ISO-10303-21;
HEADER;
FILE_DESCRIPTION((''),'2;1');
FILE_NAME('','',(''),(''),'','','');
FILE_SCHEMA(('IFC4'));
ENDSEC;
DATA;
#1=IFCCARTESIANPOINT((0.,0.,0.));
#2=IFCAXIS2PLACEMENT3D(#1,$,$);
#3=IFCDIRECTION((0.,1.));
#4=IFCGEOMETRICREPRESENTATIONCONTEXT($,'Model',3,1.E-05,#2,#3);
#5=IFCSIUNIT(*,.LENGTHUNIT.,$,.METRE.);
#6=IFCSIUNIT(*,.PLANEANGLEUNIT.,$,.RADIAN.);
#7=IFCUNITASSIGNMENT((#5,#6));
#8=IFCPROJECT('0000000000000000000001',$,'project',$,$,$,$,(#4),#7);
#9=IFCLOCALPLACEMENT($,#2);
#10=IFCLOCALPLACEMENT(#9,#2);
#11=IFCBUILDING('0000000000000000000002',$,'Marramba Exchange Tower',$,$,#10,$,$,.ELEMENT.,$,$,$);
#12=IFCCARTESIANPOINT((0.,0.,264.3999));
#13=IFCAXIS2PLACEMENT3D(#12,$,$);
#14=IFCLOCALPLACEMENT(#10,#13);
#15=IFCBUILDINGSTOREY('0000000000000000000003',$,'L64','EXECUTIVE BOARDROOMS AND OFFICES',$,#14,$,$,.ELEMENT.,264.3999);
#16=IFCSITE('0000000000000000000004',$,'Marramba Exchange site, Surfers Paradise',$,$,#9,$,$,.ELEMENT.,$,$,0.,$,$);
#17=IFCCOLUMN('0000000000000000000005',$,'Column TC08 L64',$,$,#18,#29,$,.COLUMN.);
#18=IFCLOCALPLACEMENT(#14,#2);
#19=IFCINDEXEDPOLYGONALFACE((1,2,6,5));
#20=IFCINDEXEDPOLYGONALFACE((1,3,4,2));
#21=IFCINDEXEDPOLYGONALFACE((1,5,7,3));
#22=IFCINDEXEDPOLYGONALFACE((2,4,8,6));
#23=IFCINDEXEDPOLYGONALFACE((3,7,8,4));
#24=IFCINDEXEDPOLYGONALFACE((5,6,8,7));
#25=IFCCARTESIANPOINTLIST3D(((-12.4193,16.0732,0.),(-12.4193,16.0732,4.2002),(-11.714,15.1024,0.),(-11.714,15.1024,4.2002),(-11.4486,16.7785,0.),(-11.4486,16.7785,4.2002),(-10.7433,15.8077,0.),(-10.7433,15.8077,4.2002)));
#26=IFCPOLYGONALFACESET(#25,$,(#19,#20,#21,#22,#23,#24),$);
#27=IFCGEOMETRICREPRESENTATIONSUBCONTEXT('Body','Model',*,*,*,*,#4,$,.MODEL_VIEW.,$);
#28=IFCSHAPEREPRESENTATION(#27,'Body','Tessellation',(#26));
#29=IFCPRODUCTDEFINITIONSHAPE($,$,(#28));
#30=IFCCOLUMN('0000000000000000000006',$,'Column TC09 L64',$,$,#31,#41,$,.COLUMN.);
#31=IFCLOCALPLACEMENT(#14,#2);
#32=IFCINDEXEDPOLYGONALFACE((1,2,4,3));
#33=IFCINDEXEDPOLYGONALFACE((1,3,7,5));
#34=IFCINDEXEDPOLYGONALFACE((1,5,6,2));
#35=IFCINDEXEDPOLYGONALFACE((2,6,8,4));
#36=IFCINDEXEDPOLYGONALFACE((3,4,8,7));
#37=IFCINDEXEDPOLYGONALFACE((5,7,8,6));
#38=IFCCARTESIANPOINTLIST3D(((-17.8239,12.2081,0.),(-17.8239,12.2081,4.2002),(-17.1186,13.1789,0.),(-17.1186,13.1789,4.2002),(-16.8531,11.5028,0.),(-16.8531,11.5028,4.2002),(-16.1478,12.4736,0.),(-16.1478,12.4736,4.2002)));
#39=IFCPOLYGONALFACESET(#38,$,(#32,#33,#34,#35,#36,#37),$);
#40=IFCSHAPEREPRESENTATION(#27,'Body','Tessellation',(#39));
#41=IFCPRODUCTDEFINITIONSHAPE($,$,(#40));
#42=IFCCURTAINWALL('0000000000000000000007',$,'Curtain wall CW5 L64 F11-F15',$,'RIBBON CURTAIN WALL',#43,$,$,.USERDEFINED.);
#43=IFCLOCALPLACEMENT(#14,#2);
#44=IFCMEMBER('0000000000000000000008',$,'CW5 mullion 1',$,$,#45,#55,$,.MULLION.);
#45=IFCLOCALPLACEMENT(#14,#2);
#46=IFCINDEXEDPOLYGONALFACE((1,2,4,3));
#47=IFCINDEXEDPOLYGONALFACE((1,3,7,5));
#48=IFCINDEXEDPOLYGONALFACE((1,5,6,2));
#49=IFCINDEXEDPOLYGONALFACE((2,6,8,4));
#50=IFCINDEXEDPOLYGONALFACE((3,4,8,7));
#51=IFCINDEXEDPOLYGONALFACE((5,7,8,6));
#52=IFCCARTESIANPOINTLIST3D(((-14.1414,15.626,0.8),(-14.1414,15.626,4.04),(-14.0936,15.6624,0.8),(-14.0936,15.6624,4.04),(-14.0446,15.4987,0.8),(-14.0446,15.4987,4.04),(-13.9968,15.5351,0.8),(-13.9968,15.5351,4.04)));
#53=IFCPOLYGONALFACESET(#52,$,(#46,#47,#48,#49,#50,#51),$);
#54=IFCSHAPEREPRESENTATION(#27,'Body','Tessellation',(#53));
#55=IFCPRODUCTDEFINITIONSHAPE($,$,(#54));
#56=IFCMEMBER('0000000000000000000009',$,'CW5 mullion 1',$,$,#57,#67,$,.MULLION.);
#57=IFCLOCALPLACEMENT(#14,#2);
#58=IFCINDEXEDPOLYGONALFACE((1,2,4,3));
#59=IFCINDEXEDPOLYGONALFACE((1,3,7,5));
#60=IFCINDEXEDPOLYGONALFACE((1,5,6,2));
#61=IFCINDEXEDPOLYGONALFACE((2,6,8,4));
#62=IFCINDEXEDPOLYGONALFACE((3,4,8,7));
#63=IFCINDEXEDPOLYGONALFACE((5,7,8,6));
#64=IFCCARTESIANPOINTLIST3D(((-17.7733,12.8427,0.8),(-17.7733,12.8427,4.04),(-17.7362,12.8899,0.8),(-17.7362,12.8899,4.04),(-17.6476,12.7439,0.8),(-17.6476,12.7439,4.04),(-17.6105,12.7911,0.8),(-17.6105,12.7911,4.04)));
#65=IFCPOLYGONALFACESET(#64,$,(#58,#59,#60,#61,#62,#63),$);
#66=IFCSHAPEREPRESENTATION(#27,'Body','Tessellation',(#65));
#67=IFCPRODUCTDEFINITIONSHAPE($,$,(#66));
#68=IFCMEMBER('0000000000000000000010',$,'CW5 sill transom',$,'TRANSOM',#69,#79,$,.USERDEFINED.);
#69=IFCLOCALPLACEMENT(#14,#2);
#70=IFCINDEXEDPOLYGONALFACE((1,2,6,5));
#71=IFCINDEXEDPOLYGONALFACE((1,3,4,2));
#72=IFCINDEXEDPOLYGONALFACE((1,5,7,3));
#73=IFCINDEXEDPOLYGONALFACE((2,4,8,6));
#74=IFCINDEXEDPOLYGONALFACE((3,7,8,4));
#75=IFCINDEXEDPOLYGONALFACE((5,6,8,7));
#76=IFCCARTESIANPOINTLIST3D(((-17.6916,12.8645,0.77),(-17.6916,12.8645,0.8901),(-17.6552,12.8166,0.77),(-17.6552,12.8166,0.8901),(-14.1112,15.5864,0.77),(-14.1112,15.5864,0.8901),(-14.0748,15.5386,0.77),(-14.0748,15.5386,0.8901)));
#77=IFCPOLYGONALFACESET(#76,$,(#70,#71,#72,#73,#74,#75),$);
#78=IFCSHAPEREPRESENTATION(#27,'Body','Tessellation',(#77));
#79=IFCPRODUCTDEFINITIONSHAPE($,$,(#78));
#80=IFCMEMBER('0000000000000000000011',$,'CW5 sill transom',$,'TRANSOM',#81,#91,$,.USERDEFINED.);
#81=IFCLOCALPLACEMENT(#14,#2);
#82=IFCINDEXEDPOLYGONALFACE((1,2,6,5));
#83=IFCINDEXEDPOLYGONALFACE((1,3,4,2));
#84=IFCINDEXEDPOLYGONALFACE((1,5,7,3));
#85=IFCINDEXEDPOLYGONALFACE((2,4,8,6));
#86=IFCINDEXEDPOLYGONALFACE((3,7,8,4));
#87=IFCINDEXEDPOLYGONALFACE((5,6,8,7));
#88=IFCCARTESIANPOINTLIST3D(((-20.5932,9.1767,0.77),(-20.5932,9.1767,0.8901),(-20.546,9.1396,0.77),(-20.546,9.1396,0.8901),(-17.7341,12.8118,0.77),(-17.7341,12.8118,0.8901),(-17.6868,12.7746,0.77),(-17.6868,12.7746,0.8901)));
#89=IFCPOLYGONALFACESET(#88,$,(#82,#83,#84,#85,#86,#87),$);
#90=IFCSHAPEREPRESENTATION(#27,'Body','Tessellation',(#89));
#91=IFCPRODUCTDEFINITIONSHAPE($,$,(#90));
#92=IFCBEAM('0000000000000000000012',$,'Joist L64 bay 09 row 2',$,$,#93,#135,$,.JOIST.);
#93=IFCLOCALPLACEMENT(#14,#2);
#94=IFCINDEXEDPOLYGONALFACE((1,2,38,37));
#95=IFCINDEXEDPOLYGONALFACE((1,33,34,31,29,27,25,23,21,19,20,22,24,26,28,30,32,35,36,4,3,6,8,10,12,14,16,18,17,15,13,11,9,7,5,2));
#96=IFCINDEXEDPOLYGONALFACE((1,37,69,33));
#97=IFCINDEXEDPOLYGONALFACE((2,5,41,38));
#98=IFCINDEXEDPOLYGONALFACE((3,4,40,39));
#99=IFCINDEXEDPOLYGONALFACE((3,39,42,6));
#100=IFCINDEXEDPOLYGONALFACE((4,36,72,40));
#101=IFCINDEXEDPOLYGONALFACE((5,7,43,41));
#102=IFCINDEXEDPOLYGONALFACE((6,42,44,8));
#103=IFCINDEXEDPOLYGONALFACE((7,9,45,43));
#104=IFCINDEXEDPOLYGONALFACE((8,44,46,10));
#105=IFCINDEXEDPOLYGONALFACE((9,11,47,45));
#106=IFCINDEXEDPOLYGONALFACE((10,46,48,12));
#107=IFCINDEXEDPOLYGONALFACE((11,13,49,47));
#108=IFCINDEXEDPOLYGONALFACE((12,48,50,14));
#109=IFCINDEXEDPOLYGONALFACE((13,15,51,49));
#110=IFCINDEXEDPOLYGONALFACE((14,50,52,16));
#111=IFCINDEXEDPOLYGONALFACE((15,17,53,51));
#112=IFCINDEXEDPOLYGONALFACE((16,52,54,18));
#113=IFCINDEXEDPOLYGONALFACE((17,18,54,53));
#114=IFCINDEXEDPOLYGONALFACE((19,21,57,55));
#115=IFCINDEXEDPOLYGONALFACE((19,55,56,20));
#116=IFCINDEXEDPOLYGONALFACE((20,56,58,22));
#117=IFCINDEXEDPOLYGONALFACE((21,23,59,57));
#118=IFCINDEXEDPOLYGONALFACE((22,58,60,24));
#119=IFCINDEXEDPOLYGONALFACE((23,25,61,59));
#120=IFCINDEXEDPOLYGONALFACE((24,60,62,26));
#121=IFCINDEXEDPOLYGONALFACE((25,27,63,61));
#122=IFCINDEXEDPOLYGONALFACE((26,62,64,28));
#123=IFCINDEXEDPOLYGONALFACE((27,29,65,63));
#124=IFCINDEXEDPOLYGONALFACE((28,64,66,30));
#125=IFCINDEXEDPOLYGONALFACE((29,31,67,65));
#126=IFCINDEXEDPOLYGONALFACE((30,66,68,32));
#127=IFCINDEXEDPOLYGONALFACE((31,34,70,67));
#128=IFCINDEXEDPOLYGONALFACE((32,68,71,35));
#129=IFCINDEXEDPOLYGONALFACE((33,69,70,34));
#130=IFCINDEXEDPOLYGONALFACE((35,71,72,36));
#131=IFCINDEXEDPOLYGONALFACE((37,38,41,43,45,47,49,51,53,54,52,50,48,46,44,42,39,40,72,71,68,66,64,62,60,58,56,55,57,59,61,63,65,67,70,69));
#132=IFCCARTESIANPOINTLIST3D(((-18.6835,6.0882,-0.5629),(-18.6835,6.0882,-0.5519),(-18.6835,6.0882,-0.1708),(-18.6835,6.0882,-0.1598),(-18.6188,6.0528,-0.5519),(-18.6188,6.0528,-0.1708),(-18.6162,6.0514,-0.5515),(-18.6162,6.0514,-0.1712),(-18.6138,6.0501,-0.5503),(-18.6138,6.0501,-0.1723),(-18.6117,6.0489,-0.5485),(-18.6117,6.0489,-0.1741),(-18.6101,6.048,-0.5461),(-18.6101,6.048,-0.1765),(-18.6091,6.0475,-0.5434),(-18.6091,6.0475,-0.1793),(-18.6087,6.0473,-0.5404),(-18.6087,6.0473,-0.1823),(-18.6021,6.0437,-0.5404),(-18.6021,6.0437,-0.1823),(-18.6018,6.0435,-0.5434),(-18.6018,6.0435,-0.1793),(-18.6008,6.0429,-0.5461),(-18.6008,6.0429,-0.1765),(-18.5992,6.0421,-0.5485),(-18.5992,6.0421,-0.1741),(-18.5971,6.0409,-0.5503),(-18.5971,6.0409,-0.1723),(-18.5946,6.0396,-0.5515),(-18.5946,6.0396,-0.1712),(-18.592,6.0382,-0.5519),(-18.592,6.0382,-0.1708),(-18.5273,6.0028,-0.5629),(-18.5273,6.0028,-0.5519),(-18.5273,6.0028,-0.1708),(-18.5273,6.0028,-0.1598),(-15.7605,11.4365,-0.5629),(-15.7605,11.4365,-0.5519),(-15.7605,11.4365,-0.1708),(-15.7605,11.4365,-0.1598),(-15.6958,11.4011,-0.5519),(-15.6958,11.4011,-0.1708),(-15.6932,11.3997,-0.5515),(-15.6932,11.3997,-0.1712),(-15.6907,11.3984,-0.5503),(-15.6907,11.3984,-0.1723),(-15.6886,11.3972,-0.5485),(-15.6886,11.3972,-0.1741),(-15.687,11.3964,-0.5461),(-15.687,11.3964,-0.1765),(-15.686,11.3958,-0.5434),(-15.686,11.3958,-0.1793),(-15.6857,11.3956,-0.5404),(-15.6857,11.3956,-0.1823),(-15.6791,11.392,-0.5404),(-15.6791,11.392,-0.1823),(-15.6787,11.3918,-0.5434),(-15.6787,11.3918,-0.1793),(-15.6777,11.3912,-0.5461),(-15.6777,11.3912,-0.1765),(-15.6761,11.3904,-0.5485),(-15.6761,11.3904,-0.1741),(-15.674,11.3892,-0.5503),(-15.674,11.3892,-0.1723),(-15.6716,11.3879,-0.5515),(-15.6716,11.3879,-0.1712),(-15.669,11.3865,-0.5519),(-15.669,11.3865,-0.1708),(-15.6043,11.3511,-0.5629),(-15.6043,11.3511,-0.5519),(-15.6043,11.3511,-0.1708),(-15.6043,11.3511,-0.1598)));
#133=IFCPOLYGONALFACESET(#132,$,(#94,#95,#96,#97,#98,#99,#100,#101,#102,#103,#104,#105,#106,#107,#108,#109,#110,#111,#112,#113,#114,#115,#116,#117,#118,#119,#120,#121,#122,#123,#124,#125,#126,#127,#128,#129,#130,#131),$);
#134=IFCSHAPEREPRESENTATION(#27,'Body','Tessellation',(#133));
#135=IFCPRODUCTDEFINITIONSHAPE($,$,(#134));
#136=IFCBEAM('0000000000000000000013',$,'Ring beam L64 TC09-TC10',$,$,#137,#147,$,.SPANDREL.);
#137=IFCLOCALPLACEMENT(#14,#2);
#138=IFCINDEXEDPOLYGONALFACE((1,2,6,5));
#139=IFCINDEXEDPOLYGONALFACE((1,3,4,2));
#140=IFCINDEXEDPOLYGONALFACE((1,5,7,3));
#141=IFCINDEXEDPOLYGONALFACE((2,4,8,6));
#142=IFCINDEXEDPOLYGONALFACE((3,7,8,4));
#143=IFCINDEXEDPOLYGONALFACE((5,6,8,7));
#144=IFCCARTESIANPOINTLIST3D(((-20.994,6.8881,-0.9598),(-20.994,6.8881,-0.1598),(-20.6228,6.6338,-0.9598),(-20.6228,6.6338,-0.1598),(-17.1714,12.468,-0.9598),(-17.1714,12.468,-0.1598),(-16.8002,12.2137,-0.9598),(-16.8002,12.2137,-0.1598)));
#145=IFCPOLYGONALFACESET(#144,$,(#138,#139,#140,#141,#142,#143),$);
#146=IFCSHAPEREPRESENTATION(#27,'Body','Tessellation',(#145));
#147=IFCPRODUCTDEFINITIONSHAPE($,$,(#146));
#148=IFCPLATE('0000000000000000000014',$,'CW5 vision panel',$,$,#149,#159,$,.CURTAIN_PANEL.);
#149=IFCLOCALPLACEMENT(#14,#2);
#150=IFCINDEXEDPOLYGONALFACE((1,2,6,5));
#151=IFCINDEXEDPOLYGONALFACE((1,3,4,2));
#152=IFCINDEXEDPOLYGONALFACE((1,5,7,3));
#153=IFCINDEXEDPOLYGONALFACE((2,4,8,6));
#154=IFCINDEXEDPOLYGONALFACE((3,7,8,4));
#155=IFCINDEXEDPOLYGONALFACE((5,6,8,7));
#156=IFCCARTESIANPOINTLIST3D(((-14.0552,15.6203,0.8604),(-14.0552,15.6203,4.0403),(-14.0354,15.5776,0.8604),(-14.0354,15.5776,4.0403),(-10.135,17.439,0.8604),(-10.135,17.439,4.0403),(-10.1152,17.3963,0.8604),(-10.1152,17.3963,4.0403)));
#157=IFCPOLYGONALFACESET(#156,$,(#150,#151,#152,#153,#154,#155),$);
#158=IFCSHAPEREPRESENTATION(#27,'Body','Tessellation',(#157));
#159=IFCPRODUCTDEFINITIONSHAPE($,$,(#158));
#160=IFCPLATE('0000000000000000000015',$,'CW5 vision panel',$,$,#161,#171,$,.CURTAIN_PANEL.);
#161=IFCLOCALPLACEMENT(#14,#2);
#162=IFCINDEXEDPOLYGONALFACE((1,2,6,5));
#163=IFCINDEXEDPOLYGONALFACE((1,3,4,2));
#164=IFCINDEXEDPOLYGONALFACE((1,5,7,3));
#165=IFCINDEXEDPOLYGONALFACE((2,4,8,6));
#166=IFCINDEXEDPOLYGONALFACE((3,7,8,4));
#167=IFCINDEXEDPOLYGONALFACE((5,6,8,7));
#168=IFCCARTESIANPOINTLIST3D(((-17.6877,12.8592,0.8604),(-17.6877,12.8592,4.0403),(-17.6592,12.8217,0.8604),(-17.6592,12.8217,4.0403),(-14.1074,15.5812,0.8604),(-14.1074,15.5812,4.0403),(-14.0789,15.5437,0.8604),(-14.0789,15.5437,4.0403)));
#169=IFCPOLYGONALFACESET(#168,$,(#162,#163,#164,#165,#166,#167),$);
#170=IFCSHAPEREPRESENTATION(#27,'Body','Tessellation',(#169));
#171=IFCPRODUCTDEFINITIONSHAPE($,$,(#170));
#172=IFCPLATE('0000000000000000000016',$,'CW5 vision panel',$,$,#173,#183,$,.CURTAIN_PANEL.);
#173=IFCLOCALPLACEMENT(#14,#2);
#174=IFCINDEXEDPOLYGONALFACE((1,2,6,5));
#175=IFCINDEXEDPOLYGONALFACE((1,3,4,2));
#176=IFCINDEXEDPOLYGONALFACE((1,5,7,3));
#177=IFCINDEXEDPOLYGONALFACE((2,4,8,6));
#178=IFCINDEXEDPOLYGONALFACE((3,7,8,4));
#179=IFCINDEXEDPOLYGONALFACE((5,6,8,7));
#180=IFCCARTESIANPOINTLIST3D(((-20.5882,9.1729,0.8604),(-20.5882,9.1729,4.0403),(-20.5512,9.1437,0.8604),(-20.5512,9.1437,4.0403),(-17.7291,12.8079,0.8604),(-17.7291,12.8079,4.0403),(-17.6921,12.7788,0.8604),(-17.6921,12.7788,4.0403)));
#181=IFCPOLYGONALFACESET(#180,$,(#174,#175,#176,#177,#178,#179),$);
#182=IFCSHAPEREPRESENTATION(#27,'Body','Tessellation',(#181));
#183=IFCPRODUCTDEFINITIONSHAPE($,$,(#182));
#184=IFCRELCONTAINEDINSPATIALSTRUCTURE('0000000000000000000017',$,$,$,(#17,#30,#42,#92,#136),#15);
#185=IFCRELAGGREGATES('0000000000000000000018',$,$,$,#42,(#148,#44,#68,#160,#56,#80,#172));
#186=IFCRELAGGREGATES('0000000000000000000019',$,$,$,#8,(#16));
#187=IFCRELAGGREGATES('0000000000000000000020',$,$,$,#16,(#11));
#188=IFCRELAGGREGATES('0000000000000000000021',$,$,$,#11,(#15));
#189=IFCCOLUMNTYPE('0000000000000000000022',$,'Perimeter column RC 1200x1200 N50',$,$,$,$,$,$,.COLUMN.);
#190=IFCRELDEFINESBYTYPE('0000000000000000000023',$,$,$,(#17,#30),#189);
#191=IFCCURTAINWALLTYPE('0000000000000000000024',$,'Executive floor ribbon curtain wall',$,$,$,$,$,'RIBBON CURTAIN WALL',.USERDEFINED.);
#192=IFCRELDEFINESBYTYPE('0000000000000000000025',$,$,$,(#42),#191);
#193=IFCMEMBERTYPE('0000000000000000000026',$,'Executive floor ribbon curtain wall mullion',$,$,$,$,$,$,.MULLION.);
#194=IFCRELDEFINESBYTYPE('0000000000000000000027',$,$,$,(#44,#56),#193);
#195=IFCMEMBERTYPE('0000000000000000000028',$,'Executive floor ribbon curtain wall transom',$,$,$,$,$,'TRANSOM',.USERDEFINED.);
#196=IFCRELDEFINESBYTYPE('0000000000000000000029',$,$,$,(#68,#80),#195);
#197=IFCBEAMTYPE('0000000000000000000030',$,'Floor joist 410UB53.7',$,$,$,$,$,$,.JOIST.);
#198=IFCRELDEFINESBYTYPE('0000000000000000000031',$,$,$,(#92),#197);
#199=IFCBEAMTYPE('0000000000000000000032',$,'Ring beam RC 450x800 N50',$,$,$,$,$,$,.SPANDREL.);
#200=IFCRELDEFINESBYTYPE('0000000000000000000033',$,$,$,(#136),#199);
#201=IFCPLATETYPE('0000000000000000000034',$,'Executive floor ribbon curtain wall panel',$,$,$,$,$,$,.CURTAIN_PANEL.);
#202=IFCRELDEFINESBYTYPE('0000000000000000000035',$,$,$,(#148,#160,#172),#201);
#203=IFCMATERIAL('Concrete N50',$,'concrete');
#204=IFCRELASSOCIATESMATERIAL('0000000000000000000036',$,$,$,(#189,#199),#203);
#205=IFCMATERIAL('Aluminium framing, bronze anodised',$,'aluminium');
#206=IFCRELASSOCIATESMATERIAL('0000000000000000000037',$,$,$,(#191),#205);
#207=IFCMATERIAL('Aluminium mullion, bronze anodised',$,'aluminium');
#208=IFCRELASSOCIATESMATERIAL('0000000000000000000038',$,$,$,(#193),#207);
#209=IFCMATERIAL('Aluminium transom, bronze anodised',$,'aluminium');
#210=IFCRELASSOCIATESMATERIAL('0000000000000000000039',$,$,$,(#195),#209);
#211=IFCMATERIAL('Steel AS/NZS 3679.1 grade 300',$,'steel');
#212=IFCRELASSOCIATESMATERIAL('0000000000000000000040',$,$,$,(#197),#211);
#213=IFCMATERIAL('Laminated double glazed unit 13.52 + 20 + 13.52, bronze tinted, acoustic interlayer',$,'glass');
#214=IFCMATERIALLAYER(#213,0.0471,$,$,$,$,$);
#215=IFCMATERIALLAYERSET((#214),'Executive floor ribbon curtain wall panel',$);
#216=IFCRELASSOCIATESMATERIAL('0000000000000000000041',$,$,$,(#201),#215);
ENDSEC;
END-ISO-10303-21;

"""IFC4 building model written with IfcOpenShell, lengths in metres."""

from ifc_helpers import new_model, si_unit, direction, frame, origin, origin_2d, place, context, subcontext, project, spatial, rectangle, i_section, extrude, material, layer, layer_set, material_profile, profile_set, type_object, element, aggregate, save


model = new_model("IFC4")

# Units and contexts
model_context = context("Model", 3, precision=1e-05, world=origin(), true_north=direction((0.0, 1.0)))
body_context = subcontext(model_context, "Body", "Model", "MODEL_VIEW")
ifc_project = project(units=[si_unit("LENGTHUNIT", "METRE"), si_unit("PLANEANGLEUNIT", "RADIAN")], contexts=[model_context])

# Site, building, storey
site_placement = place(None, origin())
site = spatial("IfcSite", under=ifc_project, at=site_placement, Name="Marramba Exchange site, Surfers Paradise", CompositionType="ELEMENT", RefElevation=0.0)
building_placement = place(site_placement, origin())
building = spatial("IfcBuilding", under=site, at=building_placement, Name="Marramba Exchange Tower", CompositionType="ELEMENT")
storey_placement = place(building_placement, frame((0.0, 0.0, 264.3999)))
storey = spatial("IfcBuildingStorey", under=building, at=storey_placement, Name="L64", Description="EXECUTIVE BOARDROOMS AND OFFICES", CompositionType="ELEMENT", Elevation=264.3999)

# Columns
ifc_material_1 = material(Name="Concrete N50", Category="concrete")
ifc_material_profile_1 = material_profile(ifc_material_1, rectangle(XDim=1.2, YDim=1.2, at=origin_2d()), Name="RC 1200x1200")
ifc_profile_set_1 = profile_set([ifc_material_profile_1], Name="Concrete N50")
column_type = type_object("IfcColumnType", Name="Perimeter column RC 1200x1200 N50", PredefinedType="COLUMN", material=ifc_profile_set_1)
for number, where, z_axis, x_axis, name in (
    (1, (-11.5813, 15.9404, 0.0), (0.0, 0.0, 1.0), (-0.587785, 0.809017, 0.0), "Column TC08 L64"),
    (2, (-16.9858, 12.3408, 0.0), (0.0, 0.0, 1.0), (-0.809017, 0.587785, 0.0), "Column TC09 L64"),
):
    element("IfcColumn", number, at=place(storey_placement, frame(where, z_axis=z_axis, x_axis=x_axis)), inside=storey, type_object=column_type, Name=name, PredefinedType="COLUMN", context=body_context, shape_type="SweptSolid", body=[
        extrude(rectangle(XDim=1.2, YDim=1.2, at=origin_2d()), origin(), (0.0, 0.0, 1.0), 4.2002),
    ])

# Curtain wall, members
ifc_material_2 = material(Name="Aluminium framing, bronze anodised", Category="aluminium")
curtain_wall_type = type_object("IfcCurtainWallType", Name="Executive floor ribbon curtain wall", ElementType="RIBBON CURTAIN WALL", PredefinedType="USERDEFINED", material=ifc_material_2)
curtain_wall_placement = place(storey_placement, origin())
curtain_wall = element("IfcCurtainWall", 3, at=curtain_wall_placement, inside=storey, type_object=curtain_wall_type, Name="Curtain wall CW5 L64 F11-F15", ObjectType="RIBBON CURTAIN WALL", PredefinedType="USERDEFINED")
ifc_material_3 = material(Name="Aluminium mullion, bronze anodised", Category="aluminium")
ifc_material_profile_2 = material_profile(ifc_material_3, rectangle(XDim=0.1599, YDim=0.0601, at=origin_2d()), Name="CW5 mullion 60x160")
ifc_profile_set_2 = profile_set([ifc_material_profile_2], Name="Aluminium mullion, bronze anodised")
member_type_1 = type_object("IfcMemberType", Name="Executive floor ribbon curtain wall mullion", PredefinedType="MULLION", material=ifc_profile_set_2)
member_1_placement = place(storey_placement, frame((-14.0691, 15.5806, 0.8), z_axis=(0.0, 0.0, 1.0), x_axis=(0.605219, -0.796059, 0.0)))
member_1 = element("IfcMember", 4, at=member_1_placement, type_object=member_type_1, Name="CW5 mullion 1", PredefinedType="MULLION", context=body_context, shape_type="SweptSolid", body=[
    extrude(rectangle(XDim=0.1599, YDim=0.0601, at=origin_2d()), origin(), (0.0, 0.0, 1.0), 3.24),
])
member_2_placement = place(storey_placement, frame((-17.6919, 12.8169, 0.8), z_axis=(0.0, 0.0, 1.0), x_axis=(0.786003, -0.618223, 0.0)))
member_2 = element("IfcMember", 5, at=member_2_placement, type_object=member_type_1, Name="CW5 mullion 1", PredefinedType="MULLION", context=body_context, shape_type="SweptSolid", body=[
    extrude(rectangle(XDim=0.1599, YDim=0.0601, at=origin_2d()), origin(), (0.0, 0.0, 1.0), 3.24),
])
ifc_material_4 = material(Name="Aluminium transom, bronze anodised", Category="aluminium")
ifc_material_profile_3 = material_profile(ifc_material_4, rectangle(XDim=0.0601, YDim=0.1201, at=origin_2d()), Name="CW5 transom 60x120")
ifc_profile_set_3 = profile_set([ifc_material_profile_3], Name="Aluminium transom, bronze anodised")
member_type_2 = type_object("IfcMemberType", Name="Executive floor ribbon curtain wall transom", ElementType="TRANSOM", PredefinedType="USERDEFINED", material=ifc_profile_set_3)
member_3_placement = place(storey_placement, frame((-14.093, 15.5625, 0.8301), z_axis=(-0.796068, -0.605207, 0.0), x_axis=(0.605207, -0.796068, 0.0)))
member_3 = element("IfcMember", 6, at=member_3_placement, type_object=member_type_2, Name="CW5 sill transom", ObjectType="TRANSOM", PredefinedType="USERDEFINED", context=body_context, shape_type="SweptSolid", body=[
    extrude(rectangle(XDim=0.0601, YDim=0.1201, at=origin_2d()), origin(), (0.0, 0.0, 1.0), 4.4976),
])
member_4_placement = place(storey_placement, frame((-17.7104, 12.7932, 0.8301), z_axis=(-0.618229, -0.785998, 0.0), x_axis=(0.785998, -0.618229, 0.0)))
member_4 = element("IfcMember", 7, at=member_4_placement, type_object=member_type_2, Name="CW5 sill transom", ObjectType="TRANSOM", PredefinedType="USERDEFINED", context=body_context, shape_type="SweptSolid", body=[
    extrude(rectangle(XDim=0.0601, YDim=0.1201, at=origin_2d()), origin(), (0.0, 0.0, 1.0), 4.6248),
])

# Beams
ifc_material_5 = material(Name="Steel AS/NZS 3679.1 grade 300", Category="steel")
ifc_material_profile_4 = material_profile(ifc_material_5, i_section(OverallWidth=0.178, OverallDepth=0.4031, WebThickness=0.0076, FlangeThickness=0.011, FilletRadius=0.0115, at=origin_2d()), Name="410UB53.7")
ifc_profile_set_4 = profile_set([ifc_material_profile_4], Name="Steel AS/NZS 3679.1 grade 300")
beam_type_1 = type_object("IfcBeamType", Name="Floor joist 410UB53.7", PredefinedType="JOIST", material=ifc_profile_set_4)
beam_1_placement = place(storey_placement, frame((-15.6824, 11.3938, -0.3613), z_axis=(-0.479584, -0.877496, 0.0), x_axis=(0.877496, -0.479584, 0.0)))
element("IfcBeam", 8, at=beam_1_placement, inside=storey, type_object=beam_type_1, Name="Joist L64 bay 09 row 2", PredefinedType="JOIST", context=body_context, shape_type="SweptSolid", body=[
    extrude(i_section(OverallWidth=0.178, OverallDepth=0.4031, WebThickness=0.0076, FlangeThickness=0.011, FilletRadius=0.0115, at=origin_2d()), origin(), (0.0, 0.0, 1.0), 6.095),
])
ifc_material_profile_5 = material_profile(ifc_material_1, rectangle(XDim=0.45, YDim=0.8, at=origin_2d()), Name="RC 450x800")
ifc_profile_set_5 = profile_set([ifc_material_profile_5], Name="Concrete N50")
beam_type_2 = type_object("IfcBeamType", Name="Ring beam RC 450x800 N50", PredefinedType="SPANDREL", material=ifc_profile_set_5)
beam_2_placement = place(storey_placement, frame((-16.9858, 12.3408, -0.5598), z_axis=(-0.56516, -0.824981, 0.0), x_axis=(0.824981, -0.56516, 0.0)))
element("IfcBeam", 9, at=beam_2_placement, inside=storey, type_object=beam_type_2, Name="Ring beam L64 TC09-TC10", PredefinedType="SPANDREL", context=body_context, shape_type="SweptSolid", body=[
    extrude(rectangle(XDim=0.45, YDim=0.8, at=origin_2d()), origin(), (0.0, 0.0, 1.0), 6.7637),
])

# Plates
ifc_material_6 = material(Name="Laminated double glazed unit 13.52 + 20 + 13.52, bronze tinted, acoustic interlayer", Category="glass")
ifc_layer_1 = layer(ifc_material_6, 0.0471)
ifc_layer_set_1 = layer_set([ifc_layer_1], Name="Executive floor ribbon curtain wall panel")
plate_type = type_object("IfcPlateType", Name="Executive floor ribbon curtain wall panel", PredefinedType="CURTAIN_PANEL", material=ifc_layer_set_1)
plate_1_placement = place(storey_placement, frame((-12.0852, 16.5083, 0.8604), z_axis=(0.0, 0.0, 1.0), x_axis=(-0.907131, -0.420849, 0.0)))
plate_1 = element("IfcPlate", 10, at=plate_1_placement, type_object=plate_type, Name="CW5 vision panel", PredefinedType="CURTAIN_PANEL", context=body_context, shape_type="SweptSolid", body=[
    extrude(rectangle(XDim=4.3215, YDim=0.0471, at=origin_2d()), origin(), (0.0, 0.0, 1.0), 3.1799),
])
plate_2_placement = place(storey_placement, frame((-15.8833, 14.2014, 0.8604), z_axis=(0.0, 0.0, 1.0), x_axis=(-0.796059, -0.605219, 0.0)))
plate_2 = element("IfcPlate", 11, at=plate_2_placement, type_object=plate_type, Name="CW5 vision panel", PredefinedType="CURTAIN_PANEL", context=body_context, shape_type="SweptSolid", body=[
    extrude(rectangle(XDim=4.4976, YDim=0.0471, at=origin_2d()), origin(), (0.0, 0.0, 1.0), 3.1799),
])
plate_3_placement = place(storey_placement, frame((-19.1401, 10.9758, 0.8604), z_axis=(0.0, 0.0, 1.0), x_axis=(-0.618223, -0.786003, 0.0)))
plate_3 = element("IfcPlate", 12, at=plate_3_placement, type_object=plate_type, Name="CW5 vision panel", PredefinedType="CURTAIN_PANEL", context=body_context, shape_type="SweptSolid", body=[
    extrude(rectangle(XDim=4.6248, YDim=0.0471, at=origin_2d()), origin(), (0.0, 0.0, 1.0), 3.1799),
])
aggregate(curtain_wall, [plate_1, member_1, member_3, plate_2, member_2, member_4, plate_3])

save(model, "model.ifc")
